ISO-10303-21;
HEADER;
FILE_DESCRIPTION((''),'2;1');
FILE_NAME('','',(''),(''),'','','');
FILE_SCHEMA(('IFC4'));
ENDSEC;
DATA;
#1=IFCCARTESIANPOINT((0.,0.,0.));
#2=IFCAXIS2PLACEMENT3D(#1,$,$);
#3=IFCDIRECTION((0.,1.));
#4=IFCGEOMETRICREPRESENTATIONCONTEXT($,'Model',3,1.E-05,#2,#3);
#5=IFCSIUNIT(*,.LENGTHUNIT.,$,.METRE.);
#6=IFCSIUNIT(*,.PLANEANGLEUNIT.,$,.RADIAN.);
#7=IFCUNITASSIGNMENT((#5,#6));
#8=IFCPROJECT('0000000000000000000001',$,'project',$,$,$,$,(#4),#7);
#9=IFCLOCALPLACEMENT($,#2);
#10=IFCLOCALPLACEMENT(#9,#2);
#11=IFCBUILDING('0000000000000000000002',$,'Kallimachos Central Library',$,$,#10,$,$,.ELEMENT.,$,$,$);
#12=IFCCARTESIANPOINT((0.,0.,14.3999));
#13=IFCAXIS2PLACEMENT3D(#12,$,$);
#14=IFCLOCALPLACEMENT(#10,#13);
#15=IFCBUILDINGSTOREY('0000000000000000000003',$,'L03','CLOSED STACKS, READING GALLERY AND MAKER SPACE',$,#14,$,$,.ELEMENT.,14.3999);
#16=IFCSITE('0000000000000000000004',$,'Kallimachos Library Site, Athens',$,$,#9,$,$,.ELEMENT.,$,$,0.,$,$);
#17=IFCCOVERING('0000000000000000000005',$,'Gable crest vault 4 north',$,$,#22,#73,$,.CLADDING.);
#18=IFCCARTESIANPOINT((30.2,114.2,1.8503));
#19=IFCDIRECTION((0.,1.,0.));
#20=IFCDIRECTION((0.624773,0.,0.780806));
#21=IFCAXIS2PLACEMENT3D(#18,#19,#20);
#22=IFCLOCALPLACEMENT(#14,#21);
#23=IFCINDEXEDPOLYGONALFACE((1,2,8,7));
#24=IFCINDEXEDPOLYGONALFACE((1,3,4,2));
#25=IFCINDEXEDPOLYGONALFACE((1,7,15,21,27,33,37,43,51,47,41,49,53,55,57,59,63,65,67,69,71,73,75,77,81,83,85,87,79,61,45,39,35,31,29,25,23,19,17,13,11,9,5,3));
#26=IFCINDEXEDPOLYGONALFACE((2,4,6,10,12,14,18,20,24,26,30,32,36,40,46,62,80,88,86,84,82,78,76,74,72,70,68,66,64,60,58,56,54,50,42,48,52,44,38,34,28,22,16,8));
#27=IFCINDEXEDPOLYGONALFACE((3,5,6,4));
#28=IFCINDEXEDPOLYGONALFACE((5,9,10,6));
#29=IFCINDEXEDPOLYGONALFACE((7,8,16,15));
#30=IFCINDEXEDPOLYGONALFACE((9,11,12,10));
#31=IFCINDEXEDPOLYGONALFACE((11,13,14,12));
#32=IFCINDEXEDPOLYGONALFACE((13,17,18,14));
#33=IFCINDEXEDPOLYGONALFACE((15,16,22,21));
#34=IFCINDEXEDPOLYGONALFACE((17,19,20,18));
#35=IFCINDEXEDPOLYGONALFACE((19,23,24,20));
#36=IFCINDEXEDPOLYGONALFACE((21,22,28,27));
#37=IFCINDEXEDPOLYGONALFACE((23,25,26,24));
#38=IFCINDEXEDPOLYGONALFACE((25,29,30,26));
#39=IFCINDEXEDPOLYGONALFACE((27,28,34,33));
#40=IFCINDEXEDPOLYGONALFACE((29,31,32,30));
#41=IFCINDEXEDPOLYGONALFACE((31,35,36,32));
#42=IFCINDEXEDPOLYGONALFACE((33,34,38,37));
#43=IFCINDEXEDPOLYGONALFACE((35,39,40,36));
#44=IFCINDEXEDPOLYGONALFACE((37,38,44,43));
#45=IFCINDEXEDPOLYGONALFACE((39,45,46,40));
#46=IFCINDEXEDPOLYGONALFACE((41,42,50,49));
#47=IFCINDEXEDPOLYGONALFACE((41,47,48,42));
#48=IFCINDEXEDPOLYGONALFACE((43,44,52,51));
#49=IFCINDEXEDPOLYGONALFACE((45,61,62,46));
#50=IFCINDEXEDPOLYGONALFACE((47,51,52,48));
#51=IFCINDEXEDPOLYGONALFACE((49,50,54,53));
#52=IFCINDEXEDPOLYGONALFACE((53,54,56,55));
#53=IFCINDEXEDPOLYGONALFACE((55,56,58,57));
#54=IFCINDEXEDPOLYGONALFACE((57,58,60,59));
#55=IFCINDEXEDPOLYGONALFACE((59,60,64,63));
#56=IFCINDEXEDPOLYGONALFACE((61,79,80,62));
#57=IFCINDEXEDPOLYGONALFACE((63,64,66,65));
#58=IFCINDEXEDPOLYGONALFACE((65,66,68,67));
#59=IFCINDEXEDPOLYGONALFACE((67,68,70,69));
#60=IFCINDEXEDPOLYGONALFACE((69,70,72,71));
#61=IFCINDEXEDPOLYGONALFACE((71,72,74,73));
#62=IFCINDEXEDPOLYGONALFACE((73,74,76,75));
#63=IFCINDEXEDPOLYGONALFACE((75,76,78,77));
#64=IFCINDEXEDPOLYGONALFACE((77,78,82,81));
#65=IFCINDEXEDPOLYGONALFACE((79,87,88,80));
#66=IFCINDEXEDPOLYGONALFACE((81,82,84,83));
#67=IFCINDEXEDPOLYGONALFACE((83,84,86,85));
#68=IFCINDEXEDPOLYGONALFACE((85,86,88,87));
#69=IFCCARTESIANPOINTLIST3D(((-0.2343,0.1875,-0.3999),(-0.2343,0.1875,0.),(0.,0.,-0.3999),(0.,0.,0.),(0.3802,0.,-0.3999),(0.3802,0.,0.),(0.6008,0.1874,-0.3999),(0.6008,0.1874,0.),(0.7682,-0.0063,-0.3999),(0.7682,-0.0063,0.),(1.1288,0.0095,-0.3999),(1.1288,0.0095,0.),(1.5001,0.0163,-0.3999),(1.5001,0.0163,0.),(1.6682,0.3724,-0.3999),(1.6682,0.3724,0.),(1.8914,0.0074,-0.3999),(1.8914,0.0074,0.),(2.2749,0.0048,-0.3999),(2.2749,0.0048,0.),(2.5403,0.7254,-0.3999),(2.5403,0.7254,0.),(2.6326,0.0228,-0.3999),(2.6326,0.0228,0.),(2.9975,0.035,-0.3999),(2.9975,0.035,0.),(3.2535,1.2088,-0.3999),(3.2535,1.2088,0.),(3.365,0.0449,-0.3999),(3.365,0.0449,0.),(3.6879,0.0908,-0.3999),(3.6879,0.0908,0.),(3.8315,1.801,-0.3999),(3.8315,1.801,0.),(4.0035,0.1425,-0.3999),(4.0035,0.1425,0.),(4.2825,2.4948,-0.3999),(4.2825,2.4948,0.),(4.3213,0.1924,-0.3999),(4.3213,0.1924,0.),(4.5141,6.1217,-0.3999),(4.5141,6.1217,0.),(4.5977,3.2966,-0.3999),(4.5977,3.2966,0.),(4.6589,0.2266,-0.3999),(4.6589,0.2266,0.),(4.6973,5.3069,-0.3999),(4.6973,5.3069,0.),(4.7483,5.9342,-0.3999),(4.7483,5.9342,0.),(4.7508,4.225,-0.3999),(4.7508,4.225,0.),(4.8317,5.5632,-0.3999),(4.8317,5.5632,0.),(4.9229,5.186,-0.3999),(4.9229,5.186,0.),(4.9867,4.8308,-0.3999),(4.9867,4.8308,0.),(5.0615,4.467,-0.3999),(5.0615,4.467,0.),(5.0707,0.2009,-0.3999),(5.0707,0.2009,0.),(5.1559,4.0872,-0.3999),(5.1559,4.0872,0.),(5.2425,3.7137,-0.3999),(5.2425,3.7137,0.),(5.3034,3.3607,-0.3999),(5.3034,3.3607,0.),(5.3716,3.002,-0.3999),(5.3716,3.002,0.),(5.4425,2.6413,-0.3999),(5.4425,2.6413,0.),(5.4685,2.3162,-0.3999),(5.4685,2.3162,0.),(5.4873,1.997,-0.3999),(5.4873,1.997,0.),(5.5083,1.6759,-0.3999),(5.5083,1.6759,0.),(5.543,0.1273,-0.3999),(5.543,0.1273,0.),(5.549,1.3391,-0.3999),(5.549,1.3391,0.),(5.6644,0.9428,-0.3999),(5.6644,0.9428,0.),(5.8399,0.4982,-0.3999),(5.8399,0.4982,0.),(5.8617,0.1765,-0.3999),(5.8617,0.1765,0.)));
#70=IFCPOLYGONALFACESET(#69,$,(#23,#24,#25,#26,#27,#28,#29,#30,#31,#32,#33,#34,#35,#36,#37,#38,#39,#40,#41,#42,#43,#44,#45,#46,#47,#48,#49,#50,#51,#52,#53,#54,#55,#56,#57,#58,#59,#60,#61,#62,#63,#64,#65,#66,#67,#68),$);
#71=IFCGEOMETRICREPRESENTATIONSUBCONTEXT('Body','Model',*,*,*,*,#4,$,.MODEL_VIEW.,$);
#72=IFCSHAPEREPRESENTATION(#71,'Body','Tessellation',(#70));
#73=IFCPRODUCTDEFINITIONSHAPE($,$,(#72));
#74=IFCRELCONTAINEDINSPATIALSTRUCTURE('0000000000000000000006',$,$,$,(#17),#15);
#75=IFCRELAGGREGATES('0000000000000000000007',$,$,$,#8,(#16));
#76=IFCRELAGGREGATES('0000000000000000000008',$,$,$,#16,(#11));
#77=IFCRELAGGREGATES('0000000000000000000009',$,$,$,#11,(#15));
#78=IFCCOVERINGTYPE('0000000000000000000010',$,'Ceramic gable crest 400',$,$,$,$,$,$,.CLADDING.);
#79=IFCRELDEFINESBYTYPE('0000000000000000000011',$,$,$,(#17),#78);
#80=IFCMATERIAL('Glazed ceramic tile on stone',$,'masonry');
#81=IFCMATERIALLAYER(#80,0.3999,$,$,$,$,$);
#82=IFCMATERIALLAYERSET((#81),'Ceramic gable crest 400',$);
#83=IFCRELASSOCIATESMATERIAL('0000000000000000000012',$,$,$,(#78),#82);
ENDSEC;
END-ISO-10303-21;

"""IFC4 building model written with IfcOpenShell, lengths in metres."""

from ifc_helpers import new_model, si_unit, direction, frame, origin, place, context, subcontext, project, spatial, polyline, outline, extrude, material, layer, layer_set, type_object, element, save


model = new_model("IFC4")

# Units and contexts
model_context = context("Model", 3, precision=1e-05, world=origin(), true_north=direction((0.0, 1.0)))
body_context = subcontext(model_context, "Body", "Model", "MODEL_VIEW")
ifc_project = project(units=[si_unit("LENGTHUNIT", "METRE"), si_unit("PLANEANGLEUNIT", "RADIAN")], contexts=[model_context])

# Site, building, storey
site_placement = place(None, origin())
site = spatial("IfcSite", under=ifc_project, at=site_placement, Name="Kallimachos Library Site, Athens", CompositionType="ELEMENT", RefElevation=0.0)
building_placement = place(site_placement, origin())
building = spatial("IfcBuilding", under=site, at=building_placement, Name="Kallimachos Central Library", CompositionType="ELEMENT")
storey_placement = place(building_placement, frame((0.0, 0.0, 14.3999)))
storey = spatial("IfcBuildingStorey", under=building, at=storey_placement, Name="L03", Description="CLOSED STACKS, READING GALLERY AND MAKER SPACE", CompositionType="ELEMENT", Elevation=14.3999)

# Covering
ifc_material_1 = material(Name="Glazed ceramic tile on stone", Category="masonry")
ifc_layer_1 = layer(ifc_material_1, 0.3999)
ifc_layer_set_1 = layer_set([ifc_layer_1], Name="Ceramic gable crest 400")
covering_type_1 = type_object("IfcCoveringType", Name="Ceramic gable crest 400", PredefinedType="CLADDING", material=ifc_layer_set_1)
covering_1_placement = place(storey_placement, frame((30.2, 114.2, 1.8503), z_axis=(0.0, 1.0, 0.0), x_axis=(0.624773, 0.0, 0.780806)))
element("IfcCovering", 1, at=covering_1_placement, inside=storey, type_object=covering_type_1, Name="Gable crest vault 4 north", PredefinedType="CLADDING", context=body_context, shape_type="SweptSolid", body=[
    extrude(outline(polyline([(0.0, 0.0), (0.3802, 0.0), (0.7682, -0.0063), (1.1288, 0.0095), (1.5001, 0.0163), (1.8914, 0.0074), (2.2749, 0.0048), (2.6326, 0.0228), (2.9975, 0.035), (3.365, 0.0449), (3.6879, 0.0908), (4.0035, 0.1425), (4.3213, 0.1924), (4.6589, 0.2266), (5.0707, 0.2009), (5.543, 0.1273), (5.8617, 0.1765), (5.8399, 0.4982), (5.6644, 0.9428), (5.549, 1.3391), (5.5083, 1.6759), (5.4873, 1.997), (5.4685, 2.3162), (5.4425, 2.6413), (5.3716, 3.002), (5.3034, 3.3607), (5.2425, 3.7137), (5.1559, 4.0872), (5.0615, 4.467), (4.9867, 4.8308), (4.9229, 5.186), (4.8317, 5.5632), (4.7483, 5.9342), (4.5141, 6.1217), (4.6973, 5.3069), (4.7508, 4.225), (4.5977, 3.2966), (4.2825, 2.4948), (3.8315, 1.801), (3.2535, 1.2088), (2.5403, 0.7254), (1.6682, 0.3724), (0.6008, 0.1874), (-0.2343, 0.1875), (0.0, 0.0)])), origin(), (0.0, 0.0, -1.0), 0.3999),
])

save(model, "model.ifc")
